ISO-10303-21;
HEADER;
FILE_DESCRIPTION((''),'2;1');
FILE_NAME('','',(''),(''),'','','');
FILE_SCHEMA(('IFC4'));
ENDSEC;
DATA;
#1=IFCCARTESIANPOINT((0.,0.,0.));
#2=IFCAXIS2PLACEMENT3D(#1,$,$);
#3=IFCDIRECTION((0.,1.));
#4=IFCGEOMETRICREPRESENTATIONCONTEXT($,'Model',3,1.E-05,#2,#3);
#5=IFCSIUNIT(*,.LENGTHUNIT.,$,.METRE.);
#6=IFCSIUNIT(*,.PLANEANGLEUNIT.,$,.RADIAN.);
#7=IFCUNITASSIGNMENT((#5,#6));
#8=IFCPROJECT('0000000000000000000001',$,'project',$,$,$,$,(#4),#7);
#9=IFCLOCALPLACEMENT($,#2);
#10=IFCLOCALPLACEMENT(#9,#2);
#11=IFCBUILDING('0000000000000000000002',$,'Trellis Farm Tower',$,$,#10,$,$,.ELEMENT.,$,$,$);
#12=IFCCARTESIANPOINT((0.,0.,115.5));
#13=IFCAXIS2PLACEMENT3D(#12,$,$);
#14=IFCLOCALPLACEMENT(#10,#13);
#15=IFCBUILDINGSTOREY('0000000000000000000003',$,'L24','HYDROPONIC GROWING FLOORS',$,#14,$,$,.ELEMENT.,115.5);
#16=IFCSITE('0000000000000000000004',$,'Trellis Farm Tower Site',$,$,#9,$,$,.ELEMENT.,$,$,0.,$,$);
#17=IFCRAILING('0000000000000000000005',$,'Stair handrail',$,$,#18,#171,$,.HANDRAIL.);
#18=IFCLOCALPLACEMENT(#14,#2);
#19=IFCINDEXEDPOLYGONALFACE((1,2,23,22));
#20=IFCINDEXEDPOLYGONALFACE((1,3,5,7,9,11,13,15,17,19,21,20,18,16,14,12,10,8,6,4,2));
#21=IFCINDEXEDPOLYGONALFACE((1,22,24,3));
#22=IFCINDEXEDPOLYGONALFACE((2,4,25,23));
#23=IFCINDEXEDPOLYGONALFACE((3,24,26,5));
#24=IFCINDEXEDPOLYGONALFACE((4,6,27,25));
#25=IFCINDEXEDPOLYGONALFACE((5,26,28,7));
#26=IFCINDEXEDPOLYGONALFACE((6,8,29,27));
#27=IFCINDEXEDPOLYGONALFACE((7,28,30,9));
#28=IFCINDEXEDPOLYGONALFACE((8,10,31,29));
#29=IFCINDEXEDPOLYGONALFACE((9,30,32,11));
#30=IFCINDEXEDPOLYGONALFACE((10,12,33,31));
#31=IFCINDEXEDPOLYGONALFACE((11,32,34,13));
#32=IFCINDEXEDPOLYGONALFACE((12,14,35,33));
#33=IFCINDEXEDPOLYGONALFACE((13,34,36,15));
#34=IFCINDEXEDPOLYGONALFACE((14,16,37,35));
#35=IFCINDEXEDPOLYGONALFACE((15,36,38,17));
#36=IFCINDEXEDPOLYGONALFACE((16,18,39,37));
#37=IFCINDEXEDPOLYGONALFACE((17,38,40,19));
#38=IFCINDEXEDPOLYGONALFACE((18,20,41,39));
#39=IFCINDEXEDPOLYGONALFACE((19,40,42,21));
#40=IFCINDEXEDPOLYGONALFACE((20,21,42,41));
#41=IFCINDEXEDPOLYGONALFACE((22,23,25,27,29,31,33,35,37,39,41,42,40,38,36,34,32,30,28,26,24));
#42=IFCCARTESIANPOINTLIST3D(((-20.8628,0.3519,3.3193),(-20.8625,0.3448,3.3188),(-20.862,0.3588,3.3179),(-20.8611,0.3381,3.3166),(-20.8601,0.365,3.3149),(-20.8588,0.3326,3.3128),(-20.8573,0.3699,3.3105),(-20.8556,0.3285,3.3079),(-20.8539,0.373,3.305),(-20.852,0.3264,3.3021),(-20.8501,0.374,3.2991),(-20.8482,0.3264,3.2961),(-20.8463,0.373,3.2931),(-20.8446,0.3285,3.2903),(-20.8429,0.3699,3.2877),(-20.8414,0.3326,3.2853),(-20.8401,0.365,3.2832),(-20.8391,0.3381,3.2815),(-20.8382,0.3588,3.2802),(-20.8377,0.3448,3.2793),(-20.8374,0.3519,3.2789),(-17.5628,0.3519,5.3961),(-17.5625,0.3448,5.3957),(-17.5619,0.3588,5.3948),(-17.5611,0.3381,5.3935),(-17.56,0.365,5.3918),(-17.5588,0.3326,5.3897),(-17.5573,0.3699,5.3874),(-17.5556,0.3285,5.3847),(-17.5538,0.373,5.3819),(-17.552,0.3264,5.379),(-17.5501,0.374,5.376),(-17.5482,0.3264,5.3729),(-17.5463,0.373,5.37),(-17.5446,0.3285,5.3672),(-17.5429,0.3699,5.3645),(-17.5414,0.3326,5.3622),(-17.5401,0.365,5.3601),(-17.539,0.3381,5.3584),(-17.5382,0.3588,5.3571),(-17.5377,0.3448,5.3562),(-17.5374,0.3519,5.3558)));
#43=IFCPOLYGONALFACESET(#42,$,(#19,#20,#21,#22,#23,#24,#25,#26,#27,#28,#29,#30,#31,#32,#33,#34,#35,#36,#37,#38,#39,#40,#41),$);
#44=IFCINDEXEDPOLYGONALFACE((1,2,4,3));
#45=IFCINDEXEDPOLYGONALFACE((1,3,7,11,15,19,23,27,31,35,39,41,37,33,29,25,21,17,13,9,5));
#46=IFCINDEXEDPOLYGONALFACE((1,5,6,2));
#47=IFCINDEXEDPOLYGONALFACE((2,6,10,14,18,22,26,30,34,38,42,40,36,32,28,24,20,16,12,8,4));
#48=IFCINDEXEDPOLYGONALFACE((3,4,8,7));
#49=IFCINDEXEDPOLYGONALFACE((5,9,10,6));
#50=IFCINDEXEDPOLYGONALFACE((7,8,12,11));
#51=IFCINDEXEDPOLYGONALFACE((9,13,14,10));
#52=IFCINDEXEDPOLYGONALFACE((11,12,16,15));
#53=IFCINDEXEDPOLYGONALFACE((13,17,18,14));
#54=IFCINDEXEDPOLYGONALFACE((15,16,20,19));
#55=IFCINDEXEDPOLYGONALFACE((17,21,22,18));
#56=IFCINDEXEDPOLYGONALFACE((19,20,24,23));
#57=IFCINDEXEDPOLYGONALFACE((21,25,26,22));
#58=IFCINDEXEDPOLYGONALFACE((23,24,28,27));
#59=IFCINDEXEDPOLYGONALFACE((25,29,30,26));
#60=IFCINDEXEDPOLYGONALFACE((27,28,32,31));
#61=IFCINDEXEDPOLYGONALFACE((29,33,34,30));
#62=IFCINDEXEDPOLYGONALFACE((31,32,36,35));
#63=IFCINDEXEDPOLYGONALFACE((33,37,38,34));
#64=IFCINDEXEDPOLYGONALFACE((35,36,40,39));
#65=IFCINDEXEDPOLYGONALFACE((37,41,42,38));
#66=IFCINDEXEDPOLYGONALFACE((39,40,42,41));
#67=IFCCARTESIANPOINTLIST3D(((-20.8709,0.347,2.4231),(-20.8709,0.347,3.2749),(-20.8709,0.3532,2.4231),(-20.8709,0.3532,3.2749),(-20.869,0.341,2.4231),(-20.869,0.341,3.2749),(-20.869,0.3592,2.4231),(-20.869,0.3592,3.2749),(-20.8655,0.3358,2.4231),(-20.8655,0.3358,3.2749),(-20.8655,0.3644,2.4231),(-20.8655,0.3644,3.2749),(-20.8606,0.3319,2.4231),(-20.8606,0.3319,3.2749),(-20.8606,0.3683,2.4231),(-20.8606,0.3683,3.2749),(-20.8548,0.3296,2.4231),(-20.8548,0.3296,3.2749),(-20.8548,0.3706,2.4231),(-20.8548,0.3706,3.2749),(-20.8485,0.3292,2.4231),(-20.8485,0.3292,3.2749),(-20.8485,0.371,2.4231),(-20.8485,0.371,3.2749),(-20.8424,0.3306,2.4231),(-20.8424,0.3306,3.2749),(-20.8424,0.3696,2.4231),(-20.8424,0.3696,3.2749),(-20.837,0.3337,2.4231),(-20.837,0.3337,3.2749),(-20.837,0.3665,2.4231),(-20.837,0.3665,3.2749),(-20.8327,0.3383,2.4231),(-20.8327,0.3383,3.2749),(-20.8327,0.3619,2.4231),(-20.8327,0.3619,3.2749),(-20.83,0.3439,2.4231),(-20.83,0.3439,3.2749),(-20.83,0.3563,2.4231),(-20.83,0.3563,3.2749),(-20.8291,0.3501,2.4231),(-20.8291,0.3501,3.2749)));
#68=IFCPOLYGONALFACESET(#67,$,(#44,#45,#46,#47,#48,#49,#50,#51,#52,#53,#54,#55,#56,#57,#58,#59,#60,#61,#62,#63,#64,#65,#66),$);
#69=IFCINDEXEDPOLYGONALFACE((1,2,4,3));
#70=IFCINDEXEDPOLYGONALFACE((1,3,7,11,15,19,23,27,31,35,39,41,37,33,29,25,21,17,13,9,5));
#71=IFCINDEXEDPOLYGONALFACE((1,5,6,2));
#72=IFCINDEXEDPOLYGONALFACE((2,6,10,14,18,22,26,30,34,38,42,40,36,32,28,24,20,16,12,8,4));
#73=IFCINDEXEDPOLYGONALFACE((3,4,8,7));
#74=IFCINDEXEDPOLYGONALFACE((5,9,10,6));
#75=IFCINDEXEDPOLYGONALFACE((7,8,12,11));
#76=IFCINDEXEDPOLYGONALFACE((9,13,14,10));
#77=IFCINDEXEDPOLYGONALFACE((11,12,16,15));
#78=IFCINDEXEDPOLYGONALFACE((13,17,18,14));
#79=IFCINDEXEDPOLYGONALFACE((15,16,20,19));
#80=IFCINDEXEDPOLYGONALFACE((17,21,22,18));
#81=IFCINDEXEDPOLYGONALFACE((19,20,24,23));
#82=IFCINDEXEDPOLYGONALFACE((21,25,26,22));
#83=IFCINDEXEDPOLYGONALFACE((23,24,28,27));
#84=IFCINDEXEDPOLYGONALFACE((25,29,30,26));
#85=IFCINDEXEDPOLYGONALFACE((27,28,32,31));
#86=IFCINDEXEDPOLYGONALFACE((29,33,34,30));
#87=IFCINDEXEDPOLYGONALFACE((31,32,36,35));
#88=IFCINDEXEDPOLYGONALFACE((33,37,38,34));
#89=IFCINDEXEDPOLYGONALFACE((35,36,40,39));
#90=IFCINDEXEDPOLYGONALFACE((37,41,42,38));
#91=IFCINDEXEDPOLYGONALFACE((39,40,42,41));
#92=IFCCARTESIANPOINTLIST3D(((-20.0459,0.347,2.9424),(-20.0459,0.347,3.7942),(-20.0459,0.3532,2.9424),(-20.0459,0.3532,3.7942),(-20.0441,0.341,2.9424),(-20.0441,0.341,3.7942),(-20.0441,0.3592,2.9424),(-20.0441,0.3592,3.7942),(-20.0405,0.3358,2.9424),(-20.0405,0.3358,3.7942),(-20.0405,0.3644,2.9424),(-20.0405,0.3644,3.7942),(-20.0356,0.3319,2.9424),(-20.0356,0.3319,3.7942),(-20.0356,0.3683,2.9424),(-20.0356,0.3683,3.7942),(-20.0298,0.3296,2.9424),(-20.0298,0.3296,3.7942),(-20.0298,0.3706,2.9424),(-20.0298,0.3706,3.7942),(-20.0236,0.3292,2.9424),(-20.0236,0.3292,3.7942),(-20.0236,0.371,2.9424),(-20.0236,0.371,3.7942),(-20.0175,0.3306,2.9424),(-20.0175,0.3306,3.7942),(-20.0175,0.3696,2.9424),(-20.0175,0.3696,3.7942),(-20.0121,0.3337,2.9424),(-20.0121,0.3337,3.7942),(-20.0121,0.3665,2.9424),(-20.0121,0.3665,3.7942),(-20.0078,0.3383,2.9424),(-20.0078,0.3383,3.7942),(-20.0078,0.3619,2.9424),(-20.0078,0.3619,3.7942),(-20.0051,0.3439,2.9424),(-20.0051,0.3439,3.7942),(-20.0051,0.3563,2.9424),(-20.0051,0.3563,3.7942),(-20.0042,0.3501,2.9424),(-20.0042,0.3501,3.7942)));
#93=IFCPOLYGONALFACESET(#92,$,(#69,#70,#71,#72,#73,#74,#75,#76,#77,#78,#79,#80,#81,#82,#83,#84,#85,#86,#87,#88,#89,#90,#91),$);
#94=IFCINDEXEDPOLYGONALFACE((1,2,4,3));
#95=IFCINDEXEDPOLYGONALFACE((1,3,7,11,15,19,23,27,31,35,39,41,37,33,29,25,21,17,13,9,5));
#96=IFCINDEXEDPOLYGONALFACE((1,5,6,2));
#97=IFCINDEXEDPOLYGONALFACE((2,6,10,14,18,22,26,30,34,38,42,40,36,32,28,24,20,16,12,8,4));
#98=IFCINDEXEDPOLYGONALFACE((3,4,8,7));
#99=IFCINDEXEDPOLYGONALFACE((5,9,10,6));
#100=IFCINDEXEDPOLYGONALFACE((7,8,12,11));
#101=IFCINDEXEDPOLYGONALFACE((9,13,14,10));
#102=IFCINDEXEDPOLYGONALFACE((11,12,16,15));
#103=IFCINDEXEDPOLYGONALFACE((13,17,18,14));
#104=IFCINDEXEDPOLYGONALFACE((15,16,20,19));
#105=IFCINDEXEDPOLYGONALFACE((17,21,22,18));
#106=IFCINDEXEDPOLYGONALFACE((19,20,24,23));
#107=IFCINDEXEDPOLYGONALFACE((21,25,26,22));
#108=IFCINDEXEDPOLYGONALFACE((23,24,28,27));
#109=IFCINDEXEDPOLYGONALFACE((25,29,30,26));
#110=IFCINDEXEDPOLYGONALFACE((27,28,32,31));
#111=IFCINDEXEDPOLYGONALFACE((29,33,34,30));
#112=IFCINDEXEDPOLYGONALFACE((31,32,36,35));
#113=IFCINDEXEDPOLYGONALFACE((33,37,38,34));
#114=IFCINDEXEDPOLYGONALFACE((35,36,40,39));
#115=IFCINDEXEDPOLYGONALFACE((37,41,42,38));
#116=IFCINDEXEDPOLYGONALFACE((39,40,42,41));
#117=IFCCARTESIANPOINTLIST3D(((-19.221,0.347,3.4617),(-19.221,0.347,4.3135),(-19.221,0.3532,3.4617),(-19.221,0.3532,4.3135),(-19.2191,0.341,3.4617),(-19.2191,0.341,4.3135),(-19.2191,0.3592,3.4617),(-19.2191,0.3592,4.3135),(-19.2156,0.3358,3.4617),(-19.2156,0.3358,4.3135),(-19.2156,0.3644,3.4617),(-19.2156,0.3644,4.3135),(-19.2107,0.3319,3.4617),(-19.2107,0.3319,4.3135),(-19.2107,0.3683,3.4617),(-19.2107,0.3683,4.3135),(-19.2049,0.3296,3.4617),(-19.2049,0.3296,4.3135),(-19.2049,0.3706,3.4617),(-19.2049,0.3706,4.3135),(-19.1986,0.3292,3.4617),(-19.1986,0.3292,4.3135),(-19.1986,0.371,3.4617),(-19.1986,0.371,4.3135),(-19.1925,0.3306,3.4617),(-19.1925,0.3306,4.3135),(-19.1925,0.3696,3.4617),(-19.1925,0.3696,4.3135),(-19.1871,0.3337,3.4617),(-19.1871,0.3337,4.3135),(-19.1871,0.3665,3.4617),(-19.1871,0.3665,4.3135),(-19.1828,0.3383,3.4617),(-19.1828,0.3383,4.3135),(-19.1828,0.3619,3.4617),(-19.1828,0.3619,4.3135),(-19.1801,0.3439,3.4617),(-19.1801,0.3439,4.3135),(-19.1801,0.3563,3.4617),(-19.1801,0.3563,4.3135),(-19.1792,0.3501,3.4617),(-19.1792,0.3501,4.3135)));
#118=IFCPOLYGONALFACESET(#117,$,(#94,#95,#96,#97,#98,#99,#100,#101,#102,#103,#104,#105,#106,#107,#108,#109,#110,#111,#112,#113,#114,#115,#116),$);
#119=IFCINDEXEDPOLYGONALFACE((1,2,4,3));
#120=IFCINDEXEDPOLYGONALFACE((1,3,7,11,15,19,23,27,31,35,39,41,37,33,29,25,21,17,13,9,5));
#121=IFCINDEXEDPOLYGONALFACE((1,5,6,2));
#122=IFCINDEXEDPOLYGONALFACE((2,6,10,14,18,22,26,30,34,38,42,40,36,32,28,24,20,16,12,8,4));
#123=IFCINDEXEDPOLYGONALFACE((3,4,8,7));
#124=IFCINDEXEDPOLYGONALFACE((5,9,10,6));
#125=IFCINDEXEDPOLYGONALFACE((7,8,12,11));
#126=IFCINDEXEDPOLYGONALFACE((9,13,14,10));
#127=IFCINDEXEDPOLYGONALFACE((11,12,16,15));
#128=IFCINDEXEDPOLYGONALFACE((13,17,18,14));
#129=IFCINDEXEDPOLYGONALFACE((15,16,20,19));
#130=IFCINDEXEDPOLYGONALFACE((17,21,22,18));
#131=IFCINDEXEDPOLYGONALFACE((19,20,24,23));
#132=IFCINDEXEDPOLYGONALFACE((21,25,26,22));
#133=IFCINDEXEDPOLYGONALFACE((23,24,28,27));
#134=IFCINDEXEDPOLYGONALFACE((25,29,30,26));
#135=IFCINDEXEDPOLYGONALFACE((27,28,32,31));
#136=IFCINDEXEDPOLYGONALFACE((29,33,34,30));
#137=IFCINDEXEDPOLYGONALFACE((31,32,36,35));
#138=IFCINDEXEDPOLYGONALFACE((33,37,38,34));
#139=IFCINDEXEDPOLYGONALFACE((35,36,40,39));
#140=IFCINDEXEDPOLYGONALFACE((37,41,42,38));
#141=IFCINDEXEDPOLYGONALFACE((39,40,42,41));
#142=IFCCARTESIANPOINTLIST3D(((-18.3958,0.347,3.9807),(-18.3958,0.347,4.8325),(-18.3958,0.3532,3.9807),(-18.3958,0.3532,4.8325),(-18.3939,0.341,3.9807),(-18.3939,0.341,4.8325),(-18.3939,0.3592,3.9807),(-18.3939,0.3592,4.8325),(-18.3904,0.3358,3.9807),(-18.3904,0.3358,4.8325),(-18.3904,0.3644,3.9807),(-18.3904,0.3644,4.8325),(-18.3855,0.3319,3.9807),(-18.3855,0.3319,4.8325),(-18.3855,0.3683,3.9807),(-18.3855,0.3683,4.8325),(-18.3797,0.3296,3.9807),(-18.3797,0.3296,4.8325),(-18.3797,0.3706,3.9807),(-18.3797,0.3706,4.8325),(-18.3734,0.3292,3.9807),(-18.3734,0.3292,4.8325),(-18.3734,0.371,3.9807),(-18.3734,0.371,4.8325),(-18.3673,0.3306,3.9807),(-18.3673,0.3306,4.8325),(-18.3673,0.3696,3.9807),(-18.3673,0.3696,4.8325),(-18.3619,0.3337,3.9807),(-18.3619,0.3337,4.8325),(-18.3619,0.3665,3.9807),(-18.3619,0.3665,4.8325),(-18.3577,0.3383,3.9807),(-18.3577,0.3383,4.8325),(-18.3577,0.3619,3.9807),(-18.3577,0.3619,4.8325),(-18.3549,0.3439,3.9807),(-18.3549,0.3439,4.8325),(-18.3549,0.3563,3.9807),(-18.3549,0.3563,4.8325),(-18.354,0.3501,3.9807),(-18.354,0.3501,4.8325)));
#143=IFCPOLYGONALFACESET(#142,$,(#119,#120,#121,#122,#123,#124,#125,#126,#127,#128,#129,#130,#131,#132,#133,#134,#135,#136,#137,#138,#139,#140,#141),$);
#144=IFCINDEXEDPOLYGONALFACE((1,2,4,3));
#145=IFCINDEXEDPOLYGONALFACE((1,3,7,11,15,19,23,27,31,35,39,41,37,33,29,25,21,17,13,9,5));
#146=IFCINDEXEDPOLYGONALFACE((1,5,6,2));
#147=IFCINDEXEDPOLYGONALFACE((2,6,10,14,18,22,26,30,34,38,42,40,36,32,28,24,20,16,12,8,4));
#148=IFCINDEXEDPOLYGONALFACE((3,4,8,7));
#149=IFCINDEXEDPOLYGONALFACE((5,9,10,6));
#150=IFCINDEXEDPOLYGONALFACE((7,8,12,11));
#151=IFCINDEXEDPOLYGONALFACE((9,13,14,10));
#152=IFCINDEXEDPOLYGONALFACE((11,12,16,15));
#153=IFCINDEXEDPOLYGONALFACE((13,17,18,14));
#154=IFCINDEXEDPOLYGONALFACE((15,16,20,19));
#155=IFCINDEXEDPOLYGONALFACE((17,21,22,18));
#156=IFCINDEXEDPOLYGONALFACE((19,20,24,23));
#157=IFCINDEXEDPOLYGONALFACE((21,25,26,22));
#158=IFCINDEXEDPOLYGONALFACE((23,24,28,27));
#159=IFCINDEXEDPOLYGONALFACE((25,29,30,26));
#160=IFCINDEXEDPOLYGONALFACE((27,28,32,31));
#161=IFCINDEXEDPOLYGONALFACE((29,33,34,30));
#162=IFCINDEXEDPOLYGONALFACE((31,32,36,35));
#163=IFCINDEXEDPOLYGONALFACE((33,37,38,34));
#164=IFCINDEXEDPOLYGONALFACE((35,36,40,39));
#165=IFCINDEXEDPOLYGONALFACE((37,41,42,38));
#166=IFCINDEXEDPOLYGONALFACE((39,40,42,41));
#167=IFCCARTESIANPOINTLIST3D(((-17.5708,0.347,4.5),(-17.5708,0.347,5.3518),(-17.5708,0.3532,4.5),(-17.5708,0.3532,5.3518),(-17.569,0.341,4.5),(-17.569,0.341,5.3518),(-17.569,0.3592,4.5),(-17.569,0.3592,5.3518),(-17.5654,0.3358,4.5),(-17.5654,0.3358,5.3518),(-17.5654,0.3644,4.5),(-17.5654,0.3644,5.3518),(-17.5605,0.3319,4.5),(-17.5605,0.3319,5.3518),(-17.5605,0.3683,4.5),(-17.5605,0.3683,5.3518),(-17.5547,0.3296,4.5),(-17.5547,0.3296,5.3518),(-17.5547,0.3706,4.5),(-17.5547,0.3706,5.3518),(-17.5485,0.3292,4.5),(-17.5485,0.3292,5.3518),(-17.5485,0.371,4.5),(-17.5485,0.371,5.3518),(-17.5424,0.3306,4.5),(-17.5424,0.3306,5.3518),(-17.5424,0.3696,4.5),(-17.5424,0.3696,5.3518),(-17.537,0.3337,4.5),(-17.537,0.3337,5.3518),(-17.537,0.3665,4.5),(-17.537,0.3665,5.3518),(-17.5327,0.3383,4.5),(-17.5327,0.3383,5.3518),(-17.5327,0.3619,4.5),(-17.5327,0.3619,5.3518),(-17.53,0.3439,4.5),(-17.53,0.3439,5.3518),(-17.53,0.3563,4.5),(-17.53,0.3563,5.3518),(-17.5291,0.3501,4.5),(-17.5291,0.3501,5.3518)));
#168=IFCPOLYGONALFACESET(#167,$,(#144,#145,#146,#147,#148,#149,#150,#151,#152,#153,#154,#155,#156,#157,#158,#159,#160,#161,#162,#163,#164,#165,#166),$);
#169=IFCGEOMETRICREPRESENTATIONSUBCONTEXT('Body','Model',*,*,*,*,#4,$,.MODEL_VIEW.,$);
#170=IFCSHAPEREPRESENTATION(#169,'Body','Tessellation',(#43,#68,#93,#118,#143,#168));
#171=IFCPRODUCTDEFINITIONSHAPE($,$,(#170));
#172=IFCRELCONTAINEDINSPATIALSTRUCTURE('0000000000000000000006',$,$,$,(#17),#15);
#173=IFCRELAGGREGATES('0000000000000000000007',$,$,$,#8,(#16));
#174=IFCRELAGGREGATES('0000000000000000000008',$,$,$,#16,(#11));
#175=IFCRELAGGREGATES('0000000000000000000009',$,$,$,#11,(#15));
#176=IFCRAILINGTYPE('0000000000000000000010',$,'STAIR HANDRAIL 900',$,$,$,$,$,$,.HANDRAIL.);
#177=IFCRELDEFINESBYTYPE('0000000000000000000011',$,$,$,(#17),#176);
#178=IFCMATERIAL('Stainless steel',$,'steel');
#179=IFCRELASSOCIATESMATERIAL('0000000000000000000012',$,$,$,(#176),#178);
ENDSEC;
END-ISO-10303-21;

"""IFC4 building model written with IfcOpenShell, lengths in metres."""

from ifc_helpers import new_model, si_unit, direction, frame, origin, origin_2d, place, context, subcontext, project, spatial, circle, extrude, source, transform, mapped, material, type_object, element, save


model = new_model("IFC4")

# Units and contexts
model_context = context("Model", 3, precision=1e-05, world=origin(), true_north=direction((0.0, 1.0)))
body_context = subcontext(model_context, "Body", "Model", "MODEL_VIEW")
ifc_project = project(units=[si_unit("LENGTHUNIT", "METRE"), si_unit("PLANEANGLEUNIT", "RADIAN")], contexts=[model_context])

# Site, building, storey
site_placement = place(None, origin())
site = spatial("IfcSite", under=ifc_project, at=site_placement, Name="Trellis Farm Tower Site", CompositionType="ELEMENT", RefElevation=0.0)
building_placement = place(site_placement, origin())
building = spatial("IfcBuilding", under=site, at=building_placement, Name="Trellis Farm Tower", CompositionType="ELEMENT")
storey_placement = place(building_placement, frame((0.0, 0.0, 115.5)))
storey = spatial("IfcBuildingStorey", under=building, at=storey_placement, Name="L24", Description="HYDROPONIC GROWING FLOORS", CompositionType="ELEMENT", Elevation=115.5)

# Railing
ifc_material_1 = material(Name="Stainless steel", Category="steel")
railing_type = type_object("IfcRailingType", Name="STAIR HANDRAIL 900", PredefinedType="HANDRAIL", material=ifc_material_1)
shared_shape_1 = source(origin(), body_context, "Body", "SweptSolid", [
    extrude(circle(Radius=0.0239, at=origin_2d()), frame((0.0, 0.0, 0.876), z_axis=(0.846337, 0.0, 0.532647), x_axis=(0.0, 1.0, 0.0)), (0.0, 0.0, 1.0), 3.8992),
    extrude(circle(Radius=0.021, at=origin_2d()), origin(), (0.0, 0.0, 1.0), 0.8518),
    extrude(circle(Radius=0.021, at=origin_2d()), frame((0.825, 0.0, 0.5193)), (0.0, 0.0, 1.0), 0.8518),
    extrude(circle(Radius=0.021, at=origin_2d()), frame((1.6499, 0.0, 1.0386)), (0.0, 0.0, 1.0), 0.8518),
    extrude(circle(Radius=0.021, at=origin_2d()), frame((2.4751, 0.0, 1.5576)), (0.0, 0.0, 1.0), 0.8518),
    extrude(circle(Radius=0.021, at=origin_2d()), frame((3.3, 0.0, 2.0769)), (0.0, 0.0, 1.0), 0.8518),
])
for number, where, name in (
    (1, (-20.8501, 0.3501, 2.4231), "Stair handrail"),
):
    element("IfcRailing", number, at=place(storey_placement, frame(where)), inside=storey, type_object=railing_type, Name=name, PredefinedType="HANDRAIL", context=body_context, shape_type="MappedRepresentation", body=[
        mapped(shared_shape_1, transform((0.0, 0.0, 0.0))),
    ])

save(model, "model.ifc")
